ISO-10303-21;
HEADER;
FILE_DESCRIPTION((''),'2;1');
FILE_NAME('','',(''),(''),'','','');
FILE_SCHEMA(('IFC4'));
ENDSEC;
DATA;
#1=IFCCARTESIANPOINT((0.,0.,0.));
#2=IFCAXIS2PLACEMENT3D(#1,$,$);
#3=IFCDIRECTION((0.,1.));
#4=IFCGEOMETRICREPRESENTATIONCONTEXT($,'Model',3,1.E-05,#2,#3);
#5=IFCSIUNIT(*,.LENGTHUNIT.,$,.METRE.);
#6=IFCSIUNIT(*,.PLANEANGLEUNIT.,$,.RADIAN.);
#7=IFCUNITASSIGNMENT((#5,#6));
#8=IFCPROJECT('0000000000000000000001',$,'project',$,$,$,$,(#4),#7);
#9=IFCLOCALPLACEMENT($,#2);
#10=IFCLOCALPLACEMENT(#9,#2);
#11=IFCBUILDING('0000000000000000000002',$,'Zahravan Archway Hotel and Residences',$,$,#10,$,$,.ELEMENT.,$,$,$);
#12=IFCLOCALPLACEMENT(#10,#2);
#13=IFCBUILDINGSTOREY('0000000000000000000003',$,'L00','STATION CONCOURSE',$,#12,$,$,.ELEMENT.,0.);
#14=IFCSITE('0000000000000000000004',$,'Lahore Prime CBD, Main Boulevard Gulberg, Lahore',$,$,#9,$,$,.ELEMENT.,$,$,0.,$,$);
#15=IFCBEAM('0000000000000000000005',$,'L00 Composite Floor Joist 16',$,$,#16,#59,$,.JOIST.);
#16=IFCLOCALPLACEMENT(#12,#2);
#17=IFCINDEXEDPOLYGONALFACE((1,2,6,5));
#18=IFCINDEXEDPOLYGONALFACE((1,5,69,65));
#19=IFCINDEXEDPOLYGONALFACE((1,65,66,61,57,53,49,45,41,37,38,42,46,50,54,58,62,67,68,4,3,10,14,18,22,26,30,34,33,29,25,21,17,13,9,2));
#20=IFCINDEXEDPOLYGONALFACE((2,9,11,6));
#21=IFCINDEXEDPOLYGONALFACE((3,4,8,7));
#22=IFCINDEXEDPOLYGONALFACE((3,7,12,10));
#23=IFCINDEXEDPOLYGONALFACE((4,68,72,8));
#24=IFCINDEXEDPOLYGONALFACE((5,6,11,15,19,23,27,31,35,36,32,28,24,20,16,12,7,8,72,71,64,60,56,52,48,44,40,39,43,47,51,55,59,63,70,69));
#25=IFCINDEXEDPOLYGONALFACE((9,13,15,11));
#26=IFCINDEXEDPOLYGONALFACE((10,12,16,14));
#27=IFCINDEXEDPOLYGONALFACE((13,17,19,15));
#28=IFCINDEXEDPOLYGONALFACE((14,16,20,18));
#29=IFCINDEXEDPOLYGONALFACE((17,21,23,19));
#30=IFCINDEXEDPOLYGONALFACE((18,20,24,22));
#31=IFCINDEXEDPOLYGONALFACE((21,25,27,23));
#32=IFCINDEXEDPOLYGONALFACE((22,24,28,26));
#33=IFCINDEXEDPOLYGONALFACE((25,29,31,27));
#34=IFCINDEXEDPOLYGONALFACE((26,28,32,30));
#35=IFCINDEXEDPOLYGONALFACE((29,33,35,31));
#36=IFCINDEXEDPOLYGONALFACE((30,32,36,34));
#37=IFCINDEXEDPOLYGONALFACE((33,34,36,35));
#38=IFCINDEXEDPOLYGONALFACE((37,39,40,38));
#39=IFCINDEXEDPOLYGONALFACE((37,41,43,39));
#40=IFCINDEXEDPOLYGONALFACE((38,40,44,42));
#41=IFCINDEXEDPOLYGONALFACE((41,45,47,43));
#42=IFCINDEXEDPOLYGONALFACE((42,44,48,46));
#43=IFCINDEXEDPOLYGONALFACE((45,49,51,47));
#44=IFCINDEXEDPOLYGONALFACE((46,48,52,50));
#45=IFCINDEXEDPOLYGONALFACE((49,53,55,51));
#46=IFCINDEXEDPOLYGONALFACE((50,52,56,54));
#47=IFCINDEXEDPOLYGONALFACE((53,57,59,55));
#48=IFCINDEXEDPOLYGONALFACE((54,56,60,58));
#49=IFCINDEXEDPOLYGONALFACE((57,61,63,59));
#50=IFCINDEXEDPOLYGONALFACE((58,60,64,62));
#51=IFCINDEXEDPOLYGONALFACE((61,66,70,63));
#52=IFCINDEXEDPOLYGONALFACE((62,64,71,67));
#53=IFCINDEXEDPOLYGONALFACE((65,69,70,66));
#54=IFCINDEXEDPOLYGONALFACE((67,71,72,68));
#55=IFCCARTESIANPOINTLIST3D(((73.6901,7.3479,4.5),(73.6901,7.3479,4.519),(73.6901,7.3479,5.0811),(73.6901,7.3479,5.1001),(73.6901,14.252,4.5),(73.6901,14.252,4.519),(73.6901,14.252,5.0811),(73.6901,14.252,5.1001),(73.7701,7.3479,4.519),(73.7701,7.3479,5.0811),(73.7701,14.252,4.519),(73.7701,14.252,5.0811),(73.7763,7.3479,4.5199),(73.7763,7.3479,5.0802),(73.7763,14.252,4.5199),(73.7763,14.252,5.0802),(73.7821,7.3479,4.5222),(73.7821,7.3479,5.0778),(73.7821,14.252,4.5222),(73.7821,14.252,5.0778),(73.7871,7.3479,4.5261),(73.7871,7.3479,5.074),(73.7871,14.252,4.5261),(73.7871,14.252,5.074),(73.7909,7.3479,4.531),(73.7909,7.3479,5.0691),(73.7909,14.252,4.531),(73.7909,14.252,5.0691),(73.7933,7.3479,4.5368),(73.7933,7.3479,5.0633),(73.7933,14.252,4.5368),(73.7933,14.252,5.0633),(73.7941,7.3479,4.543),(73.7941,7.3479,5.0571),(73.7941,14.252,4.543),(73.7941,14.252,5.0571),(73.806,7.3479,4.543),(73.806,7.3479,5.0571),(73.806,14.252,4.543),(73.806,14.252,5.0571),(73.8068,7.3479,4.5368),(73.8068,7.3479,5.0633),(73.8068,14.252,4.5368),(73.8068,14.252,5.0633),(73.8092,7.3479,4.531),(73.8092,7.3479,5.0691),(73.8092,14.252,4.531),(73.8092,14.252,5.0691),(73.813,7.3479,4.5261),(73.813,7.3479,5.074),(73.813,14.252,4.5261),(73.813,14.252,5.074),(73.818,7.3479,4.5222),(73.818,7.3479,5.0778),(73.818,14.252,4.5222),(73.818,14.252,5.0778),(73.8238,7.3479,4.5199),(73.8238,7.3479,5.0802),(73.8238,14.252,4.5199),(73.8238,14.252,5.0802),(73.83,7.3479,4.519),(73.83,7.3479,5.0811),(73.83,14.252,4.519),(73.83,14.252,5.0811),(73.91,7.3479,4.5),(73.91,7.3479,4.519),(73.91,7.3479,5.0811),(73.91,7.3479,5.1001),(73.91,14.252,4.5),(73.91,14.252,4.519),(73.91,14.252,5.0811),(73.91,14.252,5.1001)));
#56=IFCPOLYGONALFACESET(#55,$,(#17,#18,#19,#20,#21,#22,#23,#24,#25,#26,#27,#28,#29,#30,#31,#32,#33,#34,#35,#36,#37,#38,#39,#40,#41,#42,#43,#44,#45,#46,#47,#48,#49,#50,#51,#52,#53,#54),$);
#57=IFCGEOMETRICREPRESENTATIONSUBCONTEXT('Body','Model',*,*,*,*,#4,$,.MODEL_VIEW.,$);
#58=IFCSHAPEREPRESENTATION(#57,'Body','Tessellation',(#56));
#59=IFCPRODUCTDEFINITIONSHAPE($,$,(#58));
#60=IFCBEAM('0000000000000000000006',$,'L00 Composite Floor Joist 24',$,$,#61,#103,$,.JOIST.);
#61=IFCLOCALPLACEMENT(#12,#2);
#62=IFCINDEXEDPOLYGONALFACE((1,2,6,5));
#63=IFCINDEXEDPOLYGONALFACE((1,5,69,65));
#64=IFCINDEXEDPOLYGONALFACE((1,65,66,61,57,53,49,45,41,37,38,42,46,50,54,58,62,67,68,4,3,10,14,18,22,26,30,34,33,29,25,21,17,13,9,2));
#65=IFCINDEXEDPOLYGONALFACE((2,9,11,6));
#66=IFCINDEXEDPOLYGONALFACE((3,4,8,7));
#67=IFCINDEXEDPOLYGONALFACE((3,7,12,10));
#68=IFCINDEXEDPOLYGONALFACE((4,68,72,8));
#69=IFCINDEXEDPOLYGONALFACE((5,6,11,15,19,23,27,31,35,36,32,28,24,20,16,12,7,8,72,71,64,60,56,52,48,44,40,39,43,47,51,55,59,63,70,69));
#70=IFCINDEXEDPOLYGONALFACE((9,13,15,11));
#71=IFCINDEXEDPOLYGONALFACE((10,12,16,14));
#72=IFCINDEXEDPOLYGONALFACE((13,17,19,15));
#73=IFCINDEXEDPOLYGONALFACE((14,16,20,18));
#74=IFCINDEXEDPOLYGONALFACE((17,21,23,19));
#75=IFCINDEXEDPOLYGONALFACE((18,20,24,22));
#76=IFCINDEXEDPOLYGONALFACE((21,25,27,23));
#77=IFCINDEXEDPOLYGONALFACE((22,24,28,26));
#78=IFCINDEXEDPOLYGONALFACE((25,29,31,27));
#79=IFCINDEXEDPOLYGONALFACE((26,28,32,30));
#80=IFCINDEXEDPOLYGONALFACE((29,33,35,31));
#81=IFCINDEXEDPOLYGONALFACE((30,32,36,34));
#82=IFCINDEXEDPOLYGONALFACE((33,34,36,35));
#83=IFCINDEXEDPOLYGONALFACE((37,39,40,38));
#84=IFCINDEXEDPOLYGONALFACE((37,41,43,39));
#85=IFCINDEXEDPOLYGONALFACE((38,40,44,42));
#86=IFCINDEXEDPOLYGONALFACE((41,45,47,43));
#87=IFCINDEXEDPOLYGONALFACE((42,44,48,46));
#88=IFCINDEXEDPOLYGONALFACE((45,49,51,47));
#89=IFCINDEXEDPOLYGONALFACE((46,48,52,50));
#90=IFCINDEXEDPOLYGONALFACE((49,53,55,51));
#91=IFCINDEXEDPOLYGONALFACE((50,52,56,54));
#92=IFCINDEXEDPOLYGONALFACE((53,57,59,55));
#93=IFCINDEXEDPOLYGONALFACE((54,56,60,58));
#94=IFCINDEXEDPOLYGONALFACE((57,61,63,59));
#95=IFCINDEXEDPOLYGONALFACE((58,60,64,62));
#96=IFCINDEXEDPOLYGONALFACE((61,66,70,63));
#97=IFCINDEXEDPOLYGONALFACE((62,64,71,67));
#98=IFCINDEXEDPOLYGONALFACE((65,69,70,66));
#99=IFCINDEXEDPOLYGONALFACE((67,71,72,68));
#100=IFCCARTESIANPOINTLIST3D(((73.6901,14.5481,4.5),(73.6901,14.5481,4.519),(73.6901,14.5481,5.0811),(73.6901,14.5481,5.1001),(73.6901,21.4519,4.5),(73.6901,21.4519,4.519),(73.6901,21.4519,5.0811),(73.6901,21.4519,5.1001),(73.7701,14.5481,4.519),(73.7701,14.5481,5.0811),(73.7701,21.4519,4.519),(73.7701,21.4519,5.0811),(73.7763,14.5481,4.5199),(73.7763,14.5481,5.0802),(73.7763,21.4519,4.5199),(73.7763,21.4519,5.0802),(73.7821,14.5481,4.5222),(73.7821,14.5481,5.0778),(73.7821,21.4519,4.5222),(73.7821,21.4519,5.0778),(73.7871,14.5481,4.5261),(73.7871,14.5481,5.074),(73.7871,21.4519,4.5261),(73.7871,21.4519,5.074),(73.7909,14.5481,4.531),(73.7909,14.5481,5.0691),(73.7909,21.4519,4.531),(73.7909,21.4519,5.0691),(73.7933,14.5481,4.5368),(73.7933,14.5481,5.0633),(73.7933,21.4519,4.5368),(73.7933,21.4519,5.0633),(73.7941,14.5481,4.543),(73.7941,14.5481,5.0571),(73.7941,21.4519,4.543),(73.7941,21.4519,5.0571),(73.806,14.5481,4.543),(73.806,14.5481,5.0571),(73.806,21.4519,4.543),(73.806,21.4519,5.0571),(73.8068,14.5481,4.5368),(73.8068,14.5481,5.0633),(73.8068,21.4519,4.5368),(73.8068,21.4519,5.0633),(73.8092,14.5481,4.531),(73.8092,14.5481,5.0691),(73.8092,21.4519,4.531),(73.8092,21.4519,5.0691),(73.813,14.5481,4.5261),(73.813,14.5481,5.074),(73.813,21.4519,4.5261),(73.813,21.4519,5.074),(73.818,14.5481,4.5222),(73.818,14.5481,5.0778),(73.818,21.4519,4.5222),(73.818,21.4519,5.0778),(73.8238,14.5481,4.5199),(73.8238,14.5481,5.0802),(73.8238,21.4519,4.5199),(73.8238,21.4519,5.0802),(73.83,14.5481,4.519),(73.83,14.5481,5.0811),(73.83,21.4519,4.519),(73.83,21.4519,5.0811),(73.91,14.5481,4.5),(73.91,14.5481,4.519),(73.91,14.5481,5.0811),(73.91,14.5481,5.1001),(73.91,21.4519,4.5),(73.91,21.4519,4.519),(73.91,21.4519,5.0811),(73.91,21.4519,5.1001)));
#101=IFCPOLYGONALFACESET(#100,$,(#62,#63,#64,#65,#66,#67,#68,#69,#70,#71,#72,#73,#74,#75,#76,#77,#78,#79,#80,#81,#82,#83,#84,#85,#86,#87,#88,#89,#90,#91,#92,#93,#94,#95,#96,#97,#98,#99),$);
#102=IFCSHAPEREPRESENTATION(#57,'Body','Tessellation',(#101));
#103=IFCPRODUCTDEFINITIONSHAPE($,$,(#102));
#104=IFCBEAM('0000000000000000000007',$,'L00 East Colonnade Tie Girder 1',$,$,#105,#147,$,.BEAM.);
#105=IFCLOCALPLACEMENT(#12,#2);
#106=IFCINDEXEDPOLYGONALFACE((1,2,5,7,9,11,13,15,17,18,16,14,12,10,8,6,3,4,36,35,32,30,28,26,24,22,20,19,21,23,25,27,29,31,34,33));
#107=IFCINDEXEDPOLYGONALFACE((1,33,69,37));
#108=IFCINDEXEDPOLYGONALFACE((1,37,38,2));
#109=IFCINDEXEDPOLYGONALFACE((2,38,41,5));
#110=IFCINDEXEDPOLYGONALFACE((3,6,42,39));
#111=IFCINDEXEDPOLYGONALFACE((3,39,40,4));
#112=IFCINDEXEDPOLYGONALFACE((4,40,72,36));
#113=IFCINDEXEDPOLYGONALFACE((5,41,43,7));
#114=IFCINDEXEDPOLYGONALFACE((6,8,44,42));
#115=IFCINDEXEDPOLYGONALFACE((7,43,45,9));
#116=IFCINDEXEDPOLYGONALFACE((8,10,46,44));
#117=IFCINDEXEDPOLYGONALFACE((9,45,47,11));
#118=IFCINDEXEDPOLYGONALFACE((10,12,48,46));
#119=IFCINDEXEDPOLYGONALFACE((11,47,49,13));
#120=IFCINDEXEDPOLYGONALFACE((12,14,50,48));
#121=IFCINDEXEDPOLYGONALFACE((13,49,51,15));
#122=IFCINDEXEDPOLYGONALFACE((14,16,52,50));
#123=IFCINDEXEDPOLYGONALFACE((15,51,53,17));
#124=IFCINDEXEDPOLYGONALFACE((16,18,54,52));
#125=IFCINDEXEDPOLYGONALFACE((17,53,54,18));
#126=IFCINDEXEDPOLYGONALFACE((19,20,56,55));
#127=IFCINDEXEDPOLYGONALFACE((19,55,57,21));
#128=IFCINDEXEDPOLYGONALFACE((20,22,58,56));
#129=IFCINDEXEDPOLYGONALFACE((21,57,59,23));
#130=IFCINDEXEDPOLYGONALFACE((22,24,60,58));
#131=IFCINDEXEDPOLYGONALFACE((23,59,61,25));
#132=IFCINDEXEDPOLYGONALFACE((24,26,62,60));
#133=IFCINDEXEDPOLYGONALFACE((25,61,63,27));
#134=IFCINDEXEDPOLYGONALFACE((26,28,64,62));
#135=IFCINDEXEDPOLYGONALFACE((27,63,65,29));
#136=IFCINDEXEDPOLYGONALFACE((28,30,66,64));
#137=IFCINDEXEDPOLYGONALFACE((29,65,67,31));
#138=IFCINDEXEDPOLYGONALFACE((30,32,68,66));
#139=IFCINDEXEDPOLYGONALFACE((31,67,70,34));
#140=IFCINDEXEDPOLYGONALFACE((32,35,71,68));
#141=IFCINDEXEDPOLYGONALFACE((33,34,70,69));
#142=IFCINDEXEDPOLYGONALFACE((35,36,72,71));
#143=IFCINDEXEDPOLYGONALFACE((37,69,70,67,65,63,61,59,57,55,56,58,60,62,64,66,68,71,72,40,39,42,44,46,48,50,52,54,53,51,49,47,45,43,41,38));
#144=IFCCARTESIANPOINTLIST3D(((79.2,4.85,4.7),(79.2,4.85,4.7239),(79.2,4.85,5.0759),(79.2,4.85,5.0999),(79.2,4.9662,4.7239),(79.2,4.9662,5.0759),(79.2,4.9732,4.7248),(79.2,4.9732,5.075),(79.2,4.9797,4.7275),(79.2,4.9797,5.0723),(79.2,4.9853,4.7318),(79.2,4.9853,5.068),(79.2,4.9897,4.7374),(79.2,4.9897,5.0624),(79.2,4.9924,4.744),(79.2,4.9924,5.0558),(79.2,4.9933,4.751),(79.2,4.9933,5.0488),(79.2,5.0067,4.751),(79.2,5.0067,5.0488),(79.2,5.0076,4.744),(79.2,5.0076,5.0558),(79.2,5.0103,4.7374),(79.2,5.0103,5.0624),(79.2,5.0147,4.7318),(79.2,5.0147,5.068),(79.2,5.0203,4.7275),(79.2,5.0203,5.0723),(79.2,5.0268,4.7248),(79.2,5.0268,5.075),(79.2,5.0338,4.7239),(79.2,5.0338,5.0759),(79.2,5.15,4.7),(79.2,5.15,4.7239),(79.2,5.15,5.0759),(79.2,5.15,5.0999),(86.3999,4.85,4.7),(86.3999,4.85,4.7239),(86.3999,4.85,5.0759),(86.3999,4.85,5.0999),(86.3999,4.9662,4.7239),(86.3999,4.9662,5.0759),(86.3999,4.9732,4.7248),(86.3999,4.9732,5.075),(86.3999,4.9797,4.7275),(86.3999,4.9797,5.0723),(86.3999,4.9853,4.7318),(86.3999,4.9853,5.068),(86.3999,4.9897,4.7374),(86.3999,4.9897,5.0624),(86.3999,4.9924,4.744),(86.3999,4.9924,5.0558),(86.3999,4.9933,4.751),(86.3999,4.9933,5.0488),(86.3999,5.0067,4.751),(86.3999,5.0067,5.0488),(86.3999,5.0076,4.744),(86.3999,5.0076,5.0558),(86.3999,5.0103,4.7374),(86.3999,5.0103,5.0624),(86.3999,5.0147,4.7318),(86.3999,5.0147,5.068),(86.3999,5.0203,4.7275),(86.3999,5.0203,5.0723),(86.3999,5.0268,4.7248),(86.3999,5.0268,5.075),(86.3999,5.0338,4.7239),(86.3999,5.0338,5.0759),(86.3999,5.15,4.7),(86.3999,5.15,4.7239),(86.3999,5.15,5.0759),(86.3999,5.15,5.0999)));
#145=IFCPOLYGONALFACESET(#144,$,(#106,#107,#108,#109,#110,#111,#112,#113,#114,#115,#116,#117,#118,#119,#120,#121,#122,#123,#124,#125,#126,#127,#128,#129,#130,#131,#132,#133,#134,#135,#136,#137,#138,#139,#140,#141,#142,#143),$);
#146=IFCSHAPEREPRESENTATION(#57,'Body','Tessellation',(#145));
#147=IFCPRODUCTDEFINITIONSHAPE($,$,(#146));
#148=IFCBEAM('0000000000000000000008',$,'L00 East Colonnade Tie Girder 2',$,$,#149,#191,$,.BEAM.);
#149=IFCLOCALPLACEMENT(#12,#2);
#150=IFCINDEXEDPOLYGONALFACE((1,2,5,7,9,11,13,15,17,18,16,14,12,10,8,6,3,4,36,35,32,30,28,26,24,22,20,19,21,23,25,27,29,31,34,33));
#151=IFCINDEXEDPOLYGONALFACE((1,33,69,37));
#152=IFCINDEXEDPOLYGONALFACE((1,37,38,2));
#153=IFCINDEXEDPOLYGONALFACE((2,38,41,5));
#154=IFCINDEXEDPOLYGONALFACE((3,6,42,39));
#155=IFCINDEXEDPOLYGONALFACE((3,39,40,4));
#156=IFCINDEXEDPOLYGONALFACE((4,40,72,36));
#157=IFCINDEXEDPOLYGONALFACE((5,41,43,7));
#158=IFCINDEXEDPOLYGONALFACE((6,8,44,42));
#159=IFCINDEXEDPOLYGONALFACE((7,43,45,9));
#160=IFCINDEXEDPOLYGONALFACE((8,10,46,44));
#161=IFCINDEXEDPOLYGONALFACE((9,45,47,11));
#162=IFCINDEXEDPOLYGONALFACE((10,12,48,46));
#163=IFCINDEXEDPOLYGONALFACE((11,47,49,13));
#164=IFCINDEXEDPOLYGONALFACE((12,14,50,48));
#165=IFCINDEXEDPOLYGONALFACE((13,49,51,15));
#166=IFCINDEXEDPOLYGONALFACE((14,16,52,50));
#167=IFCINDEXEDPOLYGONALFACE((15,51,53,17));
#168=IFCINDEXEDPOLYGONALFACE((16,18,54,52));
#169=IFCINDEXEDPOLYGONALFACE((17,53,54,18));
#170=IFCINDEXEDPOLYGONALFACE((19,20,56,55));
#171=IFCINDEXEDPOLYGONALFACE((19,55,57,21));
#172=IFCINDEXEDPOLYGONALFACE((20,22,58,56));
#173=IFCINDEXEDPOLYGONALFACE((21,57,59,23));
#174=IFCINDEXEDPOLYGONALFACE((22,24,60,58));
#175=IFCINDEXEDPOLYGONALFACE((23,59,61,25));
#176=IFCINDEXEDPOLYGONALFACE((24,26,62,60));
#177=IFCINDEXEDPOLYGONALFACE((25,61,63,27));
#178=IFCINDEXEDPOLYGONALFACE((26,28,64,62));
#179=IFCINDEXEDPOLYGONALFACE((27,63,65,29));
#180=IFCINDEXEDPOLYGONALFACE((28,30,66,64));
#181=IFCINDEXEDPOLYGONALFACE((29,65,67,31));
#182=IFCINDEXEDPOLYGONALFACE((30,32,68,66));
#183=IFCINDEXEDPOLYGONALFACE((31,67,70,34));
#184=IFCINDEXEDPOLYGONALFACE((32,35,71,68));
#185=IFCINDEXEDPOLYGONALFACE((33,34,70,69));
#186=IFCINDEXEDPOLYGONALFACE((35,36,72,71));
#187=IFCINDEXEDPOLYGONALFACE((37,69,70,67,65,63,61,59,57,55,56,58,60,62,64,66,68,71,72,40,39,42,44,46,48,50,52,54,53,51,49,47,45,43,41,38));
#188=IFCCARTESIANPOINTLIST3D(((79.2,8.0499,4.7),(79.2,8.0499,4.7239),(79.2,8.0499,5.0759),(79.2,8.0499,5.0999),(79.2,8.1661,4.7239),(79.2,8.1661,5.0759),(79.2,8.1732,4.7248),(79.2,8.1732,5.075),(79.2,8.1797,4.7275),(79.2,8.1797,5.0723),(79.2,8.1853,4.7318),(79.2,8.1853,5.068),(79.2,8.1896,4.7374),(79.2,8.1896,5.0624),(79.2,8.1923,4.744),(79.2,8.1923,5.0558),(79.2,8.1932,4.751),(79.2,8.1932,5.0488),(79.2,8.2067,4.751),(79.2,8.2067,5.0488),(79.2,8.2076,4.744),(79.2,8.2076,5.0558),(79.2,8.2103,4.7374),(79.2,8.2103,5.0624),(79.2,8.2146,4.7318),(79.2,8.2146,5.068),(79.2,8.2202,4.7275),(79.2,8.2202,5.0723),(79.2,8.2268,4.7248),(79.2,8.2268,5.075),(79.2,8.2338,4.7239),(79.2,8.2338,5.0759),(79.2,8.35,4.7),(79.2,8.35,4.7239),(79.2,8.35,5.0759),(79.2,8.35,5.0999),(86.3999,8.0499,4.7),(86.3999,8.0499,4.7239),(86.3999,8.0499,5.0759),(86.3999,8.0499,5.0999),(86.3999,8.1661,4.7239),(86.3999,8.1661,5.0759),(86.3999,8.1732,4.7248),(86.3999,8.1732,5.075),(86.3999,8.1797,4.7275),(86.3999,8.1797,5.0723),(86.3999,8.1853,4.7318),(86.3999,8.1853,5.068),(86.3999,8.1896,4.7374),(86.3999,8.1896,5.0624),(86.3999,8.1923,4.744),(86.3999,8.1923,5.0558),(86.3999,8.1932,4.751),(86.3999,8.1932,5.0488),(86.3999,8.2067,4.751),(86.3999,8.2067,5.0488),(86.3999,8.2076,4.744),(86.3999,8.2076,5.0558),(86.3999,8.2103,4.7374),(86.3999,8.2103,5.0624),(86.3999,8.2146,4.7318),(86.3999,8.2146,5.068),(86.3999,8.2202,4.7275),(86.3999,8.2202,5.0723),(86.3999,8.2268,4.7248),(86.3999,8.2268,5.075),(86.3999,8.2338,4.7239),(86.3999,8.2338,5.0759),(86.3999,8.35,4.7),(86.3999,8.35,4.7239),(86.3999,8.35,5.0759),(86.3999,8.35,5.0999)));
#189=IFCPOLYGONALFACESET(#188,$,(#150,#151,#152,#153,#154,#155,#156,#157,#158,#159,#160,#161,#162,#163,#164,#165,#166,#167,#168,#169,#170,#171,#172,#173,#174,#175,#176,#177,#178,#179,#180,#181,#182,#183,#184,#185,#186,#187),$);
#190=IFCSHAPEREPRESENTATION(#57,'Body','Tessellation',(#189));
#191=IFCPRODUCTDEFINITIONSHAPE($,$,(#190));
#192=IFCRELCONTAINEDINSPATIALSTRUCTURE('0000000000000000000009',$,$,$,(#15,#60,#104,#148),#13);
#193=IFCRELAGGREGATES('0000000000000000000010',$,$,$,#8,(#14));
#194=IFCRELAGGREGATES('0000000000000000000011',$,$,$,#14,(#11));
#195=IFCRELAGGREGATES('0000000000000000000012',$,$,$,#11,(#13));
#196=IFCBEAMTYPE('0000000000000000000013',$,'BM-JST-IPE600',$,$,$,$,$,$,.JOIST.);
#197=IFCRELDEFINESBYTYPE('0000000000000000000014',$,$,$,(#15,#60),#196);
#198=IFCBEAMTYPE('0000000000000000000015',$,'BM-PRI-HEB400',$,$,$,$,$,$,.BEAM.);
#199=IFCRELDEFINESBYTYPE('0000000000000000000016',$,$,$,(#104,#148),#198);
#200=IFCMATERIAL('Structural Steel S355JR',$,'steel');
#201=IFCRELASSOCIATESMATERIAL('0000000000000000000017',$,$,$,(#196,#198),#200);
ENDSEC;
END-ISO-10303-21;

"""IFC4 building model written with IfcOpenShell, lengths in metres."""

from ifc_helpers import new_model, si_unit, direction, frame, origin, origin_2d, place, context, subcontext, project, spatial, i_section, extrude, source, transform, mapped, material, material_profile, profile_set, type_object, type_shapes, element, save


model = new_model("IFC4")

# Units and contexts
model_context = context("Model", 3, precision=1e-05, world=origin(), true_north=direction((0.0, 1.0)))
body_context = subcontext(model_context, "Body", "Model", "MODEL_VIEW")
ifc_project = project(units=[si_unit("LENGTHUNIT", "METRE"), si_unit("PLANEANGLEUNIT", "RADIAN")], contexts=[model_context])

# Site, building, storey
site_placement = place(None, origin())
site = spatial("IfcSite", under=ifc_project, at=site_placement, Name="Lahore Prime CBD, Main Boulevard Gulberg, Lahore", CompositionType="ELEMENT", RefElevation=0.0)
building_placement = place(site_placement, origin())
building = spatial("IfcBuilding", under=site, at=building_placement, Name="Zahravan Archway Hotel and Residences", CompositionType="ELEMENT")
storey_placement = place(building_placement, origin())
storey = spatial("IfcBuildingStorey", under=building, at=storey_placement, Name="L00", Description="STATION CONCOURSE", CompositionType="ELEMENT", Elevation=0.0)

# Beams
ifc_material_1 = material(Name="Structural Steel S355JR", Category="steel")
ifc_material_profile_1 = material_profile(ifc_material_1, i_section(OverallWidth=0.22, OverallDepth=0.6001, WebThickness=0.012, FlangeThickness=0.019, FilletRadius=0.0239, at=origin_2d()), Name="IPE 600", Category="steel")
ifc_profile_set_1 = profile_set([ifc_material_profile_1], Name="Structural Steel S355JR")
beam_type_1 = type_object("IfcBeamType", Name="BM-JST-IPE600", PredefinedType="JOIST", material=ifc_profile_set_1)
shared_shape_1 = source(origin(), body_context, "Body", "SweptSolid", [
    extrude(i_section(OverallWidth=0.22, OverallDepth=0.6001, WebThickness=0.012, FlangeThickness=0.019, FilletRadius=0.0239, at=origin_2d()), origin(), (0.0, 0.0, 1.0), 6.9041),
])
type_shapes(beam_type_1, [shared_shape_1])
for number, where, z_axis, x_axis, name in (
    (1, (73.8, 7.3479, 4.8), (0.0, 1.0, 0.0), (-1.0, 0.0, 0.0), "L00 Composite Floor Joist 16"),
):
    element("IfcBeam", number, at=place(storey_placement, frame(where, z_axis=z_axis, x_axis=x_axis)), inside=storey, type_object=beam_type_1, Name=name, PredefinedType="JOIST", context=body_context, shape_type="MappedRepresentation", body=[
        mapped(shared_shape_1, transform((0.0, 0.0, 0.0), scale=1.0)),
    ])
shared_shape_2 = source(origin(), body_context, "Body", "SweptSolid", [
    extrude(i_section(OverallWidth=0.22, OverallDepth=0.6001, WebThickness=0.012, FlangeThickness=0.019, FilletRadius=0.0239, at=origin_2d()), origin(), (0.0, 0.0, 1.0), 6.9038),
])
beam_1_placement = place(storey_placement, frame((73.8, 14.5481, 4.8), z_axis=(0.0, 1.0, 0.0), x_axis=(-1.0, 0.0, 0.0)))
element("IfcBeam", 2, at=beam_1_placement, inside=storey, type_object=beam_type_1, Name="L00 Composite Floor Joist 24", PredefinedType="JOIST", context=body_context, shape_type="MappedRepresentation", body=[
    mapped(shared_shape_2, transform((0.0, 0.0, 0.0), scale=1.0)),
])
ifc_material_profile_2 = material_profile(ifc_material_1, i_section(OverallWidth=0.3, OverallDepth=0.3999, WebThickness=0.0134, FlangeThickness=0.0239, FilletRadius=0.0271, at=origin_2d()), Name="HEB 400", Category="steel")
ifc_profile_set_2 = profile_set([ifc_material_profile_2], Name="Structural Steel S355JR")
beam_type_2 = type_object("IfcBeamType", Name="BM-PRI-HEB400", PredefinedType="BEAM", material=ifc_profile_set_2)
shared_shape_3 = source(origin(), body_context, "Body", "SweptSolid", [
    extrude(i_section(OverallWidth=0.3, OverallDepth=0.3999, WebThickness=0.0134, FlangeThickness=0.0239, FilletRadius=0.0271, at=origin_2d()), origin(), (0.0, 0.0, 1.0), 7.2),
])
type_shapes(beam_type_2, [shared_shape_3])
for number, where, z_axis, x_axis, name in (
    (3, (79.2, 5.0, 4.8999), (1.0, 0.0, 0.0), (0.0, 1.0, 0.0), "L00 East Colonnade Tie Girder 1"),
    (4, (79.2, 8.2, 4.8999), (1.0, 0.0, 0.0), (0.0, 1.0, 0.0), "L00 East Colonnade Tie Girder 2"),
):
    element("IfcBeam", number, at=place(storey_placement, frame(where, z_axis=z_axis, x_axis=x_axis)), inside=storey, type_object=beam_type_2, Name=name, PredefinedType="BEAM", context=body_context, shape_type="MappedRepresentation", body=[
        mapped(shared_shape_3, transform((0.0, 0.0, 0.0), scale=1.0)),
    ])

save(model, "model.ifc")
